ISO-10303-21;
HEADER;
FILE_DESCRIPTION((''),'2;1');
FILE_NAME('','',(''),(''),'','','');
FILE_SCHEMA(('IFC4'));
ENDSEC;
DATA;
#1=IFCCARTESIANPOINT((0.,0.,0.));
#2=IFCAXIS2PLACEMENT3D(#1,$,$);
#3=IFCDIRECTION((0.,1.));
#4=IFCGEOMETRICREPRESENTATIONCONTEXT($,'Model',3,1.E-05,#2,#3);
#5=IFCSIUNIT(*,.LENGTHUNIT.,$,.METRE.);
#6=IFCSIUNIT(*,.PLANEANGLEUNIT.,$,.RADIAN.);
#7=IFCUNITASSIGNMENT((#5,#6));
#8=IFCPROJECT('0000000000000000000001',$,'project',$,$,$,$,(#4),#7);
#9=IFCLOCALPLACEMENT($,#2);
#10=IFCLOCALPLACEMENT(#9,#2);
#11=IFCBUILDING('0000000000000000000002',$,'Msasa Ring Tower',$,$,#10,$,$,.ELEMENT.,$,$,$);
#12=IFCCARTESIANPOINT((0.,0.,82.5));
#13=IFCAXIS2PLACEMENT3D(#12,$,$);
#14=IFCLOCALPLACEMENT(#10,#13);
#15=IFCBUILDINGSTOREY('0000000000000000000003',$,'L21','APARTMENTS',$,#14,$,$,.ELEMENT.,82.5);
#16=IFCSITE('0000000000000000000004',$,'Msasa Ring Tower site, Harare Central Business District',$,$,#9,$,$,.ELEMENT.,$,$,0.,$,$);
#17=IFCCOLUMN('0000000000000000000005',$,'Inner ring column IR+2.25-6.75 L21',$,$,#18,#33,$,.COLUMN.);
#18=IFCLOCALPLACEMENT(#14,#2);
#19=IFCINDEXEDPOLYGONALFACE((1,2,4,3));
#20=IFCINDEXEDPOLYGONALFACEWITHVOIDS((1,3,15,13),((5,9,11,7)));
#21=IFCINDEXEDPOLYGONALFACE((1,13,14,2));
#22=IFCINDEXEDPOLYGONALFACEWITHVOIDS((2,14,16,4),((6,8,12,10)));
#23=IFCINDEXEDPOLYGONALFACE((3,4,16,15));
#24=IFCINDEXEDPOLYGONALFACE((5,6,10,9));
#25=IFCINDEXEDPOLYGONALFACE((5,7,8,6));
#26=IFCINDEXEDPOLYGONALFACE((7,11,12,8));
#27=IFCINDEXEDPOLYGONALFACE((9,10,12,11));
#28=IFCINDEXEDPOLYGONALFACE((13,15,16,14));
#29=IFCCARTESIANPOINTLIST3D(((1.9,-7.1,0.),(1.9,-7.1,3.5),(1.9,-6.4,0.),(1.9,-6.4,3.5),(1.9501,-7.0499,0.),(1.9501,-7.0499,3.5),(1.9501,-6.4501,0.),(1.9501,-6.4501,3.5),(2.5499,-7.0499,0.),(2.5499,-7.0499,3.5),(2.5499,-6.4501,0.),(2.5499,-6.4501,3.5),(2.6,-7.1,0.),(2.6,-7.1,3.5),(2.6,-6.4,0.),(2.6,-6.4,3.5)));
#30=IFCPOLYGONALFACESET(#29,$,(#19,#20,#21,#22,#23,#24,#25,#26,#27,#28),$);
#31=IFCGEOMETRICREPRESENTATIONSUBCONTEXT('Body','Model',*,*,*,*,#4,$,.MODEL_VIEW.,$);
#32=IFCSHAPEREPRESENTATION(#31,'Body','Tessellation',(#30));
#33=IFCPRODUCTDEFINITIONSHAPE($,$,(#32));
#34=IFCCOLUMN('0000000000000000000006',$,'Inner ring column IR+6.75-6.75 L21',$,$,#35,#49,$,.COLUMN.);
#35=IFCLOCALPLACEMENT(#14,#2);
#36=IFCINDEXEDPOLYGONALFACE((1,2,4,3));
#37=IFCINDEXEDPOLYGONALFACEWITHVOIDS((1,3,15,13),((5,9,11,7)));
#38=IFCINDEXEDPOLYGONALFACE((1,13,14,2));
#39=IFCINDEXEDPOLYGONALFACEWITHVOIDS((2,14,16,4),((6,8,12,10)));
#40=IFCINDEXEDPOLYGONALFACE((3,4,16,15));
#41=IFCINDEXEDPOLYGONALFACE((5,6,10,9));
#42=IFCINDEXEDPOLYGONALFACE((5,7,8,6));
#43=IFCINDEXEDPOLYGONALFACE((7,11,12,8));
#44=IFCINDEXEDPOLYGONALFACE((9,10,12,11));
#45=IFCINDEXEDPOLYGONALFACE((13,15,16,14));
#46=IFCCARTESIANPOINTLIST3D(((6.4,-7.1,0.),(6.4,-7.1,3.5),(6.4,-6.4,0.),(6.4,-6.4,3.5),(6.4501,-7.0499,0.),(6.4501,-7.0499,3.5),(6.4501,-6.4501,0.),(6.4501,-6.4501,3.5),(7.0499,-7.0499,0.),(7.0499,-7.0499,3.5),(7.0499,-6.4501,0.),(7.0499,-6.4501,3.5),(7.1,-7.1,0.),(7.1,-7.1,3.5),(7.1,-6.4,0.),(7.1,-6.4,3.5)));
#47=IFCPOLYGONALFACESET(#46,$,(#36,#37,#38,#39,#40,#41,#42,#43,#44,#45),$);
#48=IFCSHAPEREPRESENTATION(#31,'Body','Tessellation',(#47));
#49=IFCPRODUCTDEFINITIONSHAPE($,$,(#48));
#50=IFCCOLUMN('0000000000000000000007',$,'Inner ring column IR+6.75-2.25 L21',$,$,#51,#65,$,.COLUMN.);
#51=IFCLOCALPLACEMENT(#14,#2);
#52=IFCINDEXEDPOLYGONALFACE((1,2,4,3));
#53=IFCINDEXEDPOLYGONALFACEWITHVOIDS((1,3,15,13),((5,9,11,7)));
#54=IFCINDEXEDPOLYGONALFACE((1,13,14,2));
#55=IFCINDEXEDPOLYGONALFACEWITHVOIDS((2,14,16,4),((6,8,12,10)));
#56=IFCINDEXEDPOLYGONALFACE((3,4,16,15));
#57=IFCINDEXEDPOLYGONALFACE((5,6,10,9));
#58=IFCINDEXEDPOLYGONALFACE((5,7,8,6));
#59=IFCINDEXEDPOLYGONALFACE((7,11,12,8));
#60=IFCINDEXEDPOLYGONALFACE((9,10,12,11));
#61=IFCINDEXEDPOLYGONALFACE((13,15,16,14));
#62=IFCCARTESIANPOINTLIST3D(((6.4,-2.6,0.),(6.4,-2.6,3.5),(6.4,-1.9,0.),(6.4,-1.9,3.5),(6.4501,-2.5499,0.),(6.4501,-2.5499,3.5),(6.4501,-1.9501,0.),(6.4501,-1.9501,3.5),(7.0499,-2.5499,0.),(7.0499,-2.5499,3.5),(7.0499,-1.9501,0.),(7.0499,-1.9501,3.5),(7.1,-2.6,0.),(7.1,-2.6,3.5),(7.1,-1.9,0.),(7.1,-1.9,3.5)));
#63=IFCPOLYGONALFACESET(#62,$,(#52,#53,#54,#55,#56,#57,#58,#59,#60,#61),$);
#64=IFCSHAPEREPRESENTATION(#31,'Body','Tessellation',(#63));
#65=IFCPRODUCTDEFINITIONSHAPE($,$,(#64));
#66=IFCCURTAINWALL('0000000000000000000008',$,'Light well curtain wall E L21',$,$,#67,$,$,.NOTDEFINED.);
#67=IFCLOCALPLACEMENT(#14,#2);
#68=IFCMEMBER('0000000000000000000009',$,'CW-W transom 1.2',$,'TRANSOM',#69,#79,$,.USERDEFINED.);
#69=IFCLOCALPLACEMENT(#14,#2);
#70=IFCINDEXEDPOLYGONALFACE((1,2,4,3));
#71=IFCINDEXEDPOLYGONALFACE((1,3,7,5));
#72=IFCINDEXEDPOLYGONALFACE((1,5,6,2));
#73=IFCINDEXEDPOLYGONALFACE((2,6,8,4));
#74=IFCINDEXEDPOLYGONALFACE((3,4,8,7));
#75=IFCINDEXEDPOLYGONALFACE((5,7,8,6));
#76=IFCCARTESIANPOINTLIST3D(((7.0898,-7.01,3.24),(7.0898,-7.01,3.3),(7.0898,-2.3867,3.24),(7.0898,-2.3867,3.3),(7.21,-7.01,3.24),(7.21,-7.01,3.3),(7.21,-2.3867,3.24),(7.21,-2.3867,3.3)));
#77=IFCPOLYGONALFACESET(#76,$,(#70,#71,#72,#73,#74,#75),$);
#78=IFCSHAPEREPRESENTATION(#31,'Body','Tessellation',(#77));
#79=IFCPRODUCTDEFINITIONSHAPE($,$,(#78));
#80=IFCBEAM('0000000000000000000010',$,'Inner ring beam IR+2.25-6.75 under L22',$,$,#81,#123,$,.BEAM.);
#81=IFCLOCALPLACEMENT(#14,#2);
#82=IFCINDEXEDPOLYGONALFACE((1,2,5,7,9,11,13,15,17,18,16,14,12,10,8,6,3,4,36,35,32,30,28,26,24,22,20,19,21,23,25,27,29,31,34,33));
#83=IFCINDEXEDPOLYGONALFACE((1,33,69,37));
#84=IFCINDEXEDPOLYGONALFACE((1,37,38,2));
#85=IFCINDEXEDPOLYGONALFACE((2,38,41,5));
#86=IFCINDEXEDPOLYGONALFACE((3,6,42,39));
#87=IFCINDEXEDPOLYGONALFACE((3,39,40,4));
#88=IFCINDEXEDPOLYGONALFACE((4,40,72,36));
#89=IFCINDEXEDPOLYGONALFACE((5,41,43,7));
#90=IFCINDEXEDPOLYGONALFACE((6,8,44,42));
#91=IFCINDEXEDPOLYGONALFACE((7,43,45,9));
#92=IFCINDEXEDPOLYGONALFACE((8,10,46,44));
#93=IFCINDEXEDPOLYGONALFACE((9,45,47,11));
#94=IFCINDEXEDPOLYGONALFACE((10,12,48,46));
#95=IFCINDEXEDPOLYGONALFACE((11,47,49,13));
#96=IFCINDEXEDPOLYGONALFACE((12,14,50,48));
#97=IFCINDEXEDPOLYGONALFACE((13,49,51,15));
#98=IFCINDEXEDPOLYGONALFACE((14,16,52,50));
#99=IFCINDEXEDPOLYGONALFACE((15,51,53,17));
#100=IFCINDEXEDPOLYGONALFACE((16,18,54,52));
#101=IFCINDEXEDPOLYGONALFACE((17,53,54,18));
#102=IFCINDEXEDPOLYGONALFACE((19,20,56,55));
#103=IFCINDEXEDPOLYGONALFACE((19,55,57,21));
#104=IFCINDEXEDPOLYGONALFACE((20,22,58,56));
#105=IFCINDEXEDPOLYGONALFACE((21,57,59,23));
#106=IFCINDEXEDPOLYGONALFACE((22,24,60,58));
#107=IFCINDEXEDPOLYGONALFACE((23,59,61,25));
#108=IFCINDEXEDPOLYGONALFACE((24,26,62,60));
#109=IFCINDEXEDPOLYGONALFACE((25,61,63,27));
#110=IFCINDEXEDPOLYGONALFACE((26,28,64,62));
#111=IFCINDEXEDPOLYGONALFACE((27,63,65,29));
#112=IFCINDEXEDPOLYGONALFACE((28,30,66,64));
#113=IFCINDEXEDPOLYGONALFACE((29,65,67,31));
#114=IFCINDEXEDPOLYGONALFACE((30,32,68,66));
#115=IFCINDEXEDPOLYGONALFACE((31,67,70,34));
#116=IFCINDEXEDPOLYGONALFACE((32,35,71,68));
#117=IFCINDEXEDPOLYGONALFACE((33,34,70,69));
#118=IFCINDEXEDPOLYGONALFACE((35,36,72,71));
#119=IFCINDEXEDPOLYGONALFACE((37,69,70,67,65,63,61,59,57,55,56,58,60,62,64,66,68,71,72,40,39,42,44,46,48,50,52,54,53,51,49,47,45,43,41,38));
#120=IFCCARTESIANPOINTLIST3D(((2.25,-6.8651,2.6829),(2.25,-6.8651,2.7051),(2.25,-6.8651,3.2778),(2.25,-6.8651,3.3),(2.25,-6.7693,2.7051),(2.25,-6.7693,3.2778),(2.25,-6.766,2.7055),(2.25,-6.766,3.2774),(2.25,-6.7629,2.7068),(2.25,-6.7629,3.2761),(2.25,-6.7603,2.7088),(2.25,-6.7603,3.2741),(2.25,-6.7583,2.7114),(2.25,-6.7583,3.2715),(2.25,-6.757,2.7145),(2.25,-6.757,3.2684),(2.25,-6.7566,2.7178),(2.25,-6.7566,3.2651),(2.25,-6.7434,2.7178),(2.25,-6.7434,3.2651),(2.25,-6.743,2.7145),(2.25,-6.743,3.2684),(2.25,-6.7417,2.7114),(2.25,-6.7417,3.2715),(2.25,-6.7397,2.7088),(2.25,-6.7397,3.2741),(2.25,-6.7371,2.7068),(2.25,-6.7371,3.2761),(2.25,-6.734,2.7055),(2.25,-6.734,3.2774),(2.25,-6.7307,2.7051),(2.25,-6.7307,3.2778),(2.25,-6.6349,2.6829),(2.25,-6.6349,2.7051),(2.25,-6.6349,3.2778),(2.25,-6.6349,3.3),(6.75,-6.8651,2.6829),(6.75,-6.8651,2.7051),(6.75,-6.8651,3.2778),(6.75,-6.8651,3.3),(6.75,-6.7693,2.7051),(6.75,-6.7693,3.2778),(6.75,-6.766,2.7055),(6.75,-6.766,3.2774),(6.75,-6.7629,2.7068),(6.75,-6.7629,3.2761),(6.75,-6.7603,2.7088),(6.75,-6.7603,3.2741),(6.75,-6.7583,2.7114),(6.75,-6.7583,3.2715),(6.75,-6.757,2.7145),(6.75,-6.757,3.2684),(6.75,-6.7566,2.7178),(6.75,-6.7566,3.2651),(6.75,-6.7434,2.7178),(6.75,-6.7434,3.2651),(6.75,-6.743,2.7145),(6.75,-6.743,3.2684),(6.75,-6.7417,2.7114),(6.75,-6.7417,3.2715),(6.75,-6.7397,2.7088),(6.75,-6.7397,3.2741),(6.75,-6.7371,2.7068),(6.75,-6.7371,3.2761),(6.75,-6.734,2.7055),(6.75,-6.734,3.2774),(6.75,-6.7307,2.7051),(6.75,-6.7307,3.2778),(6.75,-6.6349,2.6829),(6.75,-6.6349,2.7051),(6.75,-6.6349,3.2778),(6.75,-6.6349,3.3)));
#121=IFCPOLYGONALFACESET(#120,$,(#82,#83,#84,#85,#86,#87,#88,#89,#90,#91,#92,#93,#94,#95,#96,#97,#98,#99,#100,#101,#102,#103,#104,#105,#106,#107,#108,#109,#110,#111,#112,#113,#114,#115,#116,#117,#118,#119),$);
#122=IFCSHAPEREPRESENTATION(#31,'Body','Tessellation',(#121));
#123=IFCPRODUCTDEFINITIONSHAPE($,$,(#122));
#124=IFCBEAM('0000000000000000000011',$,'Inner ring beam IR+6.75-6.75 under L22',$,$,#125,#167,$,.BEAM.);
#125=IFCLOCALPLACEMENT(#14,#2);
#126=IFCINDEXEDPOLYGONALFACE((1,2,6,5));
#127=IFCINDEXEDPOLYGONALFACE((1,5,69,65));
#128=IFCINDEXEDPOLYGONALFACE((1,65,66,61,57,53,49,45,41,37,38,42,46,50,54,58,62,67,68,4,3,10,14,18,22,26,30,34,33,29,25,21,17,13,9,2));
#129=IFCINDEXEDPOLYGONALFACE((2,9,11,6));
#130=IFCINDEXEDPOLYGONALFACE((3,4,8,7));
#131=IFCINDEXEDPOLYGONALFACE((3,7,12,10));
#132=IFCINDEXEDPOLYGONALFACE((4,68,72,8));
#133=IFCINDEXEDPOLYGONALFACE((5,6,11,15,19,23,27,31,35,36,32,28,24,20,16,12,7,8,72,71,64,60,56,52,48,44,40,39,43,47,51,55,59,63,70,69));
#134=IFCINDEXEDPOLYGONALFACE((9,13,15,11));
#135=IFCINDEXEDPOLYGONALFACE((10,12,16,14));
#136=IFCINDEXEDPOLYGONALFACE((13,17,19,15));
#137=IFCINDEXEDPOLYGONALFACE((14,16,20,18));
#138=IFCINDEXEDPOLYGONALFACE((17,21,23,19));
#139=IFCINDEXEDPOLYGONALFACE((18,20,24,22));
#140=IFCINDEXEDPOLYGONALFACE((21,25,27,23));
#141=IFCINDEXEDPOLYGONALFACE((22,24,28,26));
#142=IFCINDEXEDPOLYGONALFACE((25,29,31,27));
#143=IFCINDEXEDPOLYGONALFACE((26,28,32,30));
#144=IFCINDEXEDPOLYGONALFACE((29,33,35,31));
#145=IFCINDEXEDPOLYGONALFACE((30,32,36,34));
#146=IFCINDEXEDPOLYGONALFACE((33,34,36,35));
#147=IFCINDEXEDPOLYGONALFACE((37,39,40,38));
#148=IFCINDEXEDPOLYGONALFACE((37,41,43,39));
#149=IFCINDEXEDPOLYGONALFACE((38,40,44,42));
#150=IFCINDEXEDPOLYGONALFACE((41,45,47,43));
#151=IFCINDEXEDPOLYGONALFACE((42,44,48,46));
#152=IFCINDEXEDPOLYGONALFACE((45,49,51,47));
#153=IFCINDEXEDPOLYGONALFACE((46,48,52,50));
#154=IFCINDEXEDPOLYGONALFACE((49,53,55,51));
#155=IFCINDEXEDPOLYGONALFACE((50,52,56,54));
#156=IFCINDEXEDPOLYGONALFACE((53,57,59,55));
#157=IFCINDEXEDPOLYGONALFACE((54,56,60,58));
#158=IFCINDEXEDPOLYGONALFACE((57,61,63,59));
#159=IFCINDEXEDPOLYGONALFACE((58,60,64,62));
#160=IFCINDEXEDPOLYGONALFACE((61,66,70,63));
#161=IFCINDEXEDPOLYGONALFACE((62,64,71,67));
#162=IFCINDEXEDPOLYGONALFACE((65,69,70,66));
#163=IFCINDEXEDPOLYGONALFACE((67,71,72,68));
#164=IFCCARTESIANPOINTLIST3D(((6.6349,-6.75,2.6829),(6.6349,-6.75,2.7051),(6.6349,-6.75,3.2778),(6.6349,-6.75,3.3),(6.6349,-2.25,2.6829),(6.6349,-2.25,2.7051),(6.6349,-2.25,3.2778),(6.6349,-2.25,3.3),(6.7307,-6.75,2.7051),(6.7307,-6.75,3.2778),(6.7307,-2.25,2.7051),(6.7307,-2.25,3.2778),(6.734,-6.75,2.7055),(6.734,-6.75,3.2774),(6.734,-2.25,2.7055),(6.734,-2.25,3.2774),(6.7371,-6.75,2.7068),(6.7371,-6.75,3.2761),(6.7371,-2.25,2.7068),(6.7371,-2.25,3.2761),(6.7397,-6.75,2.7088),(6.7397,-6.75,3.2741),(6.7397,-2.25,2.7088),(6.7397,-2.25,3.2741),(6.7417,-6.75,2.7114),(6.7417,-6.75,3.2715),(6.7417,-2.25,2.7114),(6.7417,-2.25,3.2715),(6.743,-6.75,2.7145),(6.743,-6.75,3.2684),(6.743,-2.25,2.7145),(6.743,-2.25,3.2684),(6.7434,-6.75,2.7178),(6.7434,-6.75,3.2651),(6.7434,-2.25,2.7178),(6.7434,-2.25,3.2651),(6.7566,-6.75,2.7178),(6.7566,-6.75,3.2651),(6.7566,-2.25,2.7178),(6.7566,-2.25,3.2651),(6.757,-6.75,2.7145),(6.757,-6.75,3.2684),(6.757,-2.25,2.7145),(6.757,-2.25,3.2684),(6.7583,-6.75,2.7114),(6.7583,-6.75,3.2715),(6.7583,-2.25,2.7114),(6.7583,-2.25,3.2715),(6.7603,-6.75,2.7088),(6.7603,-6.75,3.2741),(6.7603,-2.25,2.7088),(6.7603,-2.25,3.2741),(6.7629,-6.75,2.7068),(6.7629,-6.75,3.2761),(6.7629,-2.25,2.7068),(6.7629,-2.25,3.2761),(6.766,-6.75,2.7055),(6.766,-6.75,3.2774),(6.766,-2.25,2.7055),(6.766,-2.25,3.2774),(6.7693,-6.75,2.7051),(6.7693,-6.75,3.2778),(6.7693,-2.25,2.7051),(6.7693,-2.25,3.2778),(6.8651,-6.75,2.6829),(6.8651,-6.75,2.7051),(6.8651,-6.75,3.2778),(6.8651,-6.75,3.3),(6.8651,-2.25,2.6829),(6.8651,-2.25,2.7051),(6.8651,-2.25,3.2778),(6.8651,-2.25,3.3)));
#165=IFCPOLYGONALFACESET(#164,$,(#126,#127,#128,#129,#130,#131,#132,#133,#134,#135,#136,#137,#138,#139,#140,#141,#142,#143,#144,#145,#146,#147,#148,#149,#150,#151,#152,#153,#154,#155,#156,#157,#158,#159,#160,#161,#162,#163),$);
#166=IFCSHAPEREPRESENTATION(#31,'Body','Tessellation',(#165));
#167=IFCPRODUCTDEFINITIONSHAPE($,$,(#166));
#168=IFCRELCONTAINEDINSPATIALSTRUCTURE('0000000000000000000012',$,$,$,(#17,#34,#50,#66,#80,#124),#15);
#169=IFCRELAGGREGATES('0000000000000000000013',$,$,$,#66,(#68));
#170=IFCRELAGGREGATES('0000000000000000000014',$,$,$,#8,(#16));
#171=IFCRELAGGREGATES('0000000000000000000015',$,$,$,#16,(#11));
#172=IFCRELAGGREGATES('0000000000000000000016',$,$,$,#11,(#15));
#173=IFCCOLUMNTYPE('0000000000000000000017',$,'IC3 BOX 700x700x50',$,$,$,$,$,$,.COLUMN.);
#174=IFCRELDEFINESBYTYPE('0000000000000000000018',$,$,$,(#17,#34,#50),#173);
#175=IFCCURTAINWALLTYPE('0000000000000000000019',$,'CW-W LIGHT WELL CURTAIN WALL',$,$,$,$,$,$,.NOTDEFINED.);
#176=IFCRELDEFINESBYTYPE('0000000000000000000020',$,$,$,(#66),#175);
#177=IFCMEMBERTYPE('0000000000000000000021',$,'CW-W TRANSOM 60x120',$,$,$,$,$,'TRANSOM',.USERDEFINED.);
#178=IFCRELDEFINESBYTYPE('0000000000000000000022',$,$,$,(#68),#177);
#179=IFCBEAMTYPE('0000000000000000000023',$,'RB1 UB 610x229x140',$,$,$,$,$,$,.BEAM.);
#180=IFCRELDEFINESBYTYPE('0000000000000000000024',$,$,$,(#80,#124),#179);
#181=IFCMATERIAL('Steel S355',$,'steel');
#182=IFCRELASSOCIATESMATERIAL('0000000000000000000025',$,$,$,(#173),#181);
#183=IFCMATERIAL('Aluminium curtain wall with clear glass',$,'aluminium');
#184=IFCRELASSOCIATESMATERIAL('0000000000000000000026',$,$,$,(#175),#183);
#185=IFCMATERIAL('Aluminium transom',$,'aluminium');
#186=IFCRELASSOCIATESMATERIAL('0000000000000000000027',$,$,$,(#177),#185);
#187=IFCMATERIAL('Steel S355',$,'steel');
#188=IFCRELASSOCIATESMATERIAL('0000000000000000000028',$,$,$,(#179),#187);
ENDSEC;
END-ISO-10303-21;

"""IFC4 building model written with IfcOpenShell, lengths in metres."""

from ifc_helpers import new_model, si_unit, direction, frame, origin, origin_2d, place, context, subcontext, project, spatial, rectangle, hollow_rectangle, i_section, extrude, material, material_profile, profile_set, type_object, element, aggregate, save


model = new_model("IFC4")

# Units and contexts
model_context = context("Model", 3, precision=1e-05, world=origin(), true_north=direction((0.0, 1.0)))
body_context = subcontext(model_context, "Body", "Model", "MODEL_VIEW")
ifc_project = project(units=[si_unit("LENGTHUNIT", "METRE"), si_unit("PLANEANGLEUNIT", "RADIAN")], contexts=[model_context])

# Site, building, storey
site_placement = place(None, origin())
site = spatial("IfcSite", under=ifc_project, at=site_placement, Name="Msasa Ring Tower site, Harare Central Business District", CompositionType="ELEMENT", RefElevation=0.0)
building_placement = place(site_placement, origin())
building = spatial("IfcBuilding", under=site, at=building_placement, Name="Msasa Ring Tower", CompositionType="ELEMENT")
storey_placement = place(building_placement, frame((0.0, 0.0, 82.5)))
storey = spatial("IfcBuildingStorey", under=building, at=storey_placement, Name="L21", Description="APARTMENTS", CompositionType="ELEMENT", Elevation=82.5)

# Columns
ifc_material_1 = material(Name="Steel S355", Category="steel")
ifc_material_profile_1 = material_profile(ifc_material_1, hollow_rectangle(XDim=0.7, YDim=0.7, WallThickness=0.05, at=origin_2d()), Name="BOX 700x700x50")
ifc_profile_set_1 = profile_set([ifc_material_profile_1], Name="Steel S355")
column_type = type_object("IfcColumnType", Name="IC3 BOX 700x700x50", PredefinedType="COLUMN", material=ifc_profile_set_1)
for number, where, z_axis, x_axis, name in (
    (1, (2.25, -6.75, 0.0), (0.0, 0.0, 1.0), (1.0, 0.0, 0.0), "Inner ring column IR+2.25-6.75 L21"),
    (2, (6.75, -6.75, 0.0), (0.0, 0.0, 1.0), (1.0, 0.0, 0.0), "Inner ring column IR+6.75-6.75 L21"),
    (3, (6.75, -2.25, 0.0), (0.0, 0.0, 1.0), (1.0, 0.0, 0.0), "Inner ring column IR+6.75-2.25 L21"),
):
    element("IfcColumn", number, at=place(storey_placement, frame(where, z_axis=z_axis, x_axis=x_axis)), inside=storey, type_object=column_type, Name=name, PredefinedType="COLUMN", context=body_context, shape_type="SweptSolid", body=[
        extrude(hollow_rectangle(XDim=0.7, YDim=0.7, WallThickness=0.05, at=origin_2d()), origin(), (0.0, 0.0, 1.0), 3.5),
    ])

# Curtain wall, member
ifc_material_2 = material(Name="Aluminium curtain wall with clear glass", Category="aluminium")
curtain_wall_type = type_object("IfcCurtainWallType", Name="CW-W LIGHT WELL CURTAIN WALL", PredefinedType="NOTDEFINED", material=ifc_material_2)
curtain_wall_placement = place(storey_placement, origin())
curtain_wall = element("IfcCurtainWall", 4, at=curtain_wall_placement, inside=storey, type_object=curtain_wall_type, Name="Light well curtain wall E L21", PredefinedType="NOTDEFINED")
ifc_material_3 = material(Name="Aluminium transom", Category="aluminium")
ifc_material_profile_2 = material_profile(ifc_material_3, rectangle(XDim=0.1201, YDim=0.0601, at=origin_2d()), Name="AL 60x120")
ifc_profile_set_2 = profile_set([ifc_material_profile_2], Name="Aluminium transom")
member_type = type_object("IfcMemberType", Name="CW-W TRANSOM 60x120", ElementType="TRANSOM", PredefinedType="USERDEFINED", material=ifc_profile_set_2)
member_placement = place(storey_placement, frame((7.1499, -7.01, 3.27), z_axis=(0.0, 1.0, 0.0), x_axis=(-1.0, 0.0, 0.0)))
member = element("IfcMember", 5, at=member_placement, type_object=member_type, Name="CW-W transom 1.2", ObjectType="TRANSOM", PredefinedType="USERDEFINED", context=body_context, shape_type="SweptSolid", body=[
    extrude(rectangle(XDim=0.1201, YDim=0.0601, at=origin_2d()), origin(), (0.0, 0.0, 1.0), 4.6233),
])

# Beams
ifc_material_4 = material(Name="Steel S355", Category="steel")
ifc_material_profile_3 = material_profile(ifc_material_4, i_section(OverallWidth=0.2302, OverallDepth=0.6172, WebThickness=0.0132, FlangeThickness=0.0222, FilletRadius=0.0127, at=origin_2d()), Name="UB 610x229x140")
ifc_profile_set_3 = profile_set([ifc_material_profile_3], Name="Steel S355")
beam_type = type_object("IfcBeamType", Name="RB1 UB 610x229x140", PredefinedType="BEAM", material=ifc_profile_set_3)
for number, where, z_axis, x_axis, name in (
    (6, (2.25, -6.75, 2.9915), (1.0, 0.0, 0.0), (0.0, 1.0, 0.0), "Inner ring beam IR+2.25-6.75 under L22"),
    (7, (6.75, -6.75, 2.9915), (0.0, 1.0, 0.0), (-1.0, 0.0, 0.0), "Inner ring beam IR+6.75-6.75 under L22"),
):
    element("IfcBeam", number, at=place(storey_placement, frame(where, z_axis=z_axis, x_axis=x_axis)), inside=storey, type_object=beam_type, Name=name, PredefinedType="BEAM", context=body_context, shape_type="SweptSolid", body=[
        extrude(i_section(OverallWidth=0.2302, OverallDepth=0.6172, WebThickness=0.0132, FlangeThickness=0.0222, FilletRadius=0.0127, at=origin_2d()), origin(), (0.0, 0.0, 1.0), 4.5),
    ])

aggregate(curtain_wall, [member])

save(model, "model.ifc")
